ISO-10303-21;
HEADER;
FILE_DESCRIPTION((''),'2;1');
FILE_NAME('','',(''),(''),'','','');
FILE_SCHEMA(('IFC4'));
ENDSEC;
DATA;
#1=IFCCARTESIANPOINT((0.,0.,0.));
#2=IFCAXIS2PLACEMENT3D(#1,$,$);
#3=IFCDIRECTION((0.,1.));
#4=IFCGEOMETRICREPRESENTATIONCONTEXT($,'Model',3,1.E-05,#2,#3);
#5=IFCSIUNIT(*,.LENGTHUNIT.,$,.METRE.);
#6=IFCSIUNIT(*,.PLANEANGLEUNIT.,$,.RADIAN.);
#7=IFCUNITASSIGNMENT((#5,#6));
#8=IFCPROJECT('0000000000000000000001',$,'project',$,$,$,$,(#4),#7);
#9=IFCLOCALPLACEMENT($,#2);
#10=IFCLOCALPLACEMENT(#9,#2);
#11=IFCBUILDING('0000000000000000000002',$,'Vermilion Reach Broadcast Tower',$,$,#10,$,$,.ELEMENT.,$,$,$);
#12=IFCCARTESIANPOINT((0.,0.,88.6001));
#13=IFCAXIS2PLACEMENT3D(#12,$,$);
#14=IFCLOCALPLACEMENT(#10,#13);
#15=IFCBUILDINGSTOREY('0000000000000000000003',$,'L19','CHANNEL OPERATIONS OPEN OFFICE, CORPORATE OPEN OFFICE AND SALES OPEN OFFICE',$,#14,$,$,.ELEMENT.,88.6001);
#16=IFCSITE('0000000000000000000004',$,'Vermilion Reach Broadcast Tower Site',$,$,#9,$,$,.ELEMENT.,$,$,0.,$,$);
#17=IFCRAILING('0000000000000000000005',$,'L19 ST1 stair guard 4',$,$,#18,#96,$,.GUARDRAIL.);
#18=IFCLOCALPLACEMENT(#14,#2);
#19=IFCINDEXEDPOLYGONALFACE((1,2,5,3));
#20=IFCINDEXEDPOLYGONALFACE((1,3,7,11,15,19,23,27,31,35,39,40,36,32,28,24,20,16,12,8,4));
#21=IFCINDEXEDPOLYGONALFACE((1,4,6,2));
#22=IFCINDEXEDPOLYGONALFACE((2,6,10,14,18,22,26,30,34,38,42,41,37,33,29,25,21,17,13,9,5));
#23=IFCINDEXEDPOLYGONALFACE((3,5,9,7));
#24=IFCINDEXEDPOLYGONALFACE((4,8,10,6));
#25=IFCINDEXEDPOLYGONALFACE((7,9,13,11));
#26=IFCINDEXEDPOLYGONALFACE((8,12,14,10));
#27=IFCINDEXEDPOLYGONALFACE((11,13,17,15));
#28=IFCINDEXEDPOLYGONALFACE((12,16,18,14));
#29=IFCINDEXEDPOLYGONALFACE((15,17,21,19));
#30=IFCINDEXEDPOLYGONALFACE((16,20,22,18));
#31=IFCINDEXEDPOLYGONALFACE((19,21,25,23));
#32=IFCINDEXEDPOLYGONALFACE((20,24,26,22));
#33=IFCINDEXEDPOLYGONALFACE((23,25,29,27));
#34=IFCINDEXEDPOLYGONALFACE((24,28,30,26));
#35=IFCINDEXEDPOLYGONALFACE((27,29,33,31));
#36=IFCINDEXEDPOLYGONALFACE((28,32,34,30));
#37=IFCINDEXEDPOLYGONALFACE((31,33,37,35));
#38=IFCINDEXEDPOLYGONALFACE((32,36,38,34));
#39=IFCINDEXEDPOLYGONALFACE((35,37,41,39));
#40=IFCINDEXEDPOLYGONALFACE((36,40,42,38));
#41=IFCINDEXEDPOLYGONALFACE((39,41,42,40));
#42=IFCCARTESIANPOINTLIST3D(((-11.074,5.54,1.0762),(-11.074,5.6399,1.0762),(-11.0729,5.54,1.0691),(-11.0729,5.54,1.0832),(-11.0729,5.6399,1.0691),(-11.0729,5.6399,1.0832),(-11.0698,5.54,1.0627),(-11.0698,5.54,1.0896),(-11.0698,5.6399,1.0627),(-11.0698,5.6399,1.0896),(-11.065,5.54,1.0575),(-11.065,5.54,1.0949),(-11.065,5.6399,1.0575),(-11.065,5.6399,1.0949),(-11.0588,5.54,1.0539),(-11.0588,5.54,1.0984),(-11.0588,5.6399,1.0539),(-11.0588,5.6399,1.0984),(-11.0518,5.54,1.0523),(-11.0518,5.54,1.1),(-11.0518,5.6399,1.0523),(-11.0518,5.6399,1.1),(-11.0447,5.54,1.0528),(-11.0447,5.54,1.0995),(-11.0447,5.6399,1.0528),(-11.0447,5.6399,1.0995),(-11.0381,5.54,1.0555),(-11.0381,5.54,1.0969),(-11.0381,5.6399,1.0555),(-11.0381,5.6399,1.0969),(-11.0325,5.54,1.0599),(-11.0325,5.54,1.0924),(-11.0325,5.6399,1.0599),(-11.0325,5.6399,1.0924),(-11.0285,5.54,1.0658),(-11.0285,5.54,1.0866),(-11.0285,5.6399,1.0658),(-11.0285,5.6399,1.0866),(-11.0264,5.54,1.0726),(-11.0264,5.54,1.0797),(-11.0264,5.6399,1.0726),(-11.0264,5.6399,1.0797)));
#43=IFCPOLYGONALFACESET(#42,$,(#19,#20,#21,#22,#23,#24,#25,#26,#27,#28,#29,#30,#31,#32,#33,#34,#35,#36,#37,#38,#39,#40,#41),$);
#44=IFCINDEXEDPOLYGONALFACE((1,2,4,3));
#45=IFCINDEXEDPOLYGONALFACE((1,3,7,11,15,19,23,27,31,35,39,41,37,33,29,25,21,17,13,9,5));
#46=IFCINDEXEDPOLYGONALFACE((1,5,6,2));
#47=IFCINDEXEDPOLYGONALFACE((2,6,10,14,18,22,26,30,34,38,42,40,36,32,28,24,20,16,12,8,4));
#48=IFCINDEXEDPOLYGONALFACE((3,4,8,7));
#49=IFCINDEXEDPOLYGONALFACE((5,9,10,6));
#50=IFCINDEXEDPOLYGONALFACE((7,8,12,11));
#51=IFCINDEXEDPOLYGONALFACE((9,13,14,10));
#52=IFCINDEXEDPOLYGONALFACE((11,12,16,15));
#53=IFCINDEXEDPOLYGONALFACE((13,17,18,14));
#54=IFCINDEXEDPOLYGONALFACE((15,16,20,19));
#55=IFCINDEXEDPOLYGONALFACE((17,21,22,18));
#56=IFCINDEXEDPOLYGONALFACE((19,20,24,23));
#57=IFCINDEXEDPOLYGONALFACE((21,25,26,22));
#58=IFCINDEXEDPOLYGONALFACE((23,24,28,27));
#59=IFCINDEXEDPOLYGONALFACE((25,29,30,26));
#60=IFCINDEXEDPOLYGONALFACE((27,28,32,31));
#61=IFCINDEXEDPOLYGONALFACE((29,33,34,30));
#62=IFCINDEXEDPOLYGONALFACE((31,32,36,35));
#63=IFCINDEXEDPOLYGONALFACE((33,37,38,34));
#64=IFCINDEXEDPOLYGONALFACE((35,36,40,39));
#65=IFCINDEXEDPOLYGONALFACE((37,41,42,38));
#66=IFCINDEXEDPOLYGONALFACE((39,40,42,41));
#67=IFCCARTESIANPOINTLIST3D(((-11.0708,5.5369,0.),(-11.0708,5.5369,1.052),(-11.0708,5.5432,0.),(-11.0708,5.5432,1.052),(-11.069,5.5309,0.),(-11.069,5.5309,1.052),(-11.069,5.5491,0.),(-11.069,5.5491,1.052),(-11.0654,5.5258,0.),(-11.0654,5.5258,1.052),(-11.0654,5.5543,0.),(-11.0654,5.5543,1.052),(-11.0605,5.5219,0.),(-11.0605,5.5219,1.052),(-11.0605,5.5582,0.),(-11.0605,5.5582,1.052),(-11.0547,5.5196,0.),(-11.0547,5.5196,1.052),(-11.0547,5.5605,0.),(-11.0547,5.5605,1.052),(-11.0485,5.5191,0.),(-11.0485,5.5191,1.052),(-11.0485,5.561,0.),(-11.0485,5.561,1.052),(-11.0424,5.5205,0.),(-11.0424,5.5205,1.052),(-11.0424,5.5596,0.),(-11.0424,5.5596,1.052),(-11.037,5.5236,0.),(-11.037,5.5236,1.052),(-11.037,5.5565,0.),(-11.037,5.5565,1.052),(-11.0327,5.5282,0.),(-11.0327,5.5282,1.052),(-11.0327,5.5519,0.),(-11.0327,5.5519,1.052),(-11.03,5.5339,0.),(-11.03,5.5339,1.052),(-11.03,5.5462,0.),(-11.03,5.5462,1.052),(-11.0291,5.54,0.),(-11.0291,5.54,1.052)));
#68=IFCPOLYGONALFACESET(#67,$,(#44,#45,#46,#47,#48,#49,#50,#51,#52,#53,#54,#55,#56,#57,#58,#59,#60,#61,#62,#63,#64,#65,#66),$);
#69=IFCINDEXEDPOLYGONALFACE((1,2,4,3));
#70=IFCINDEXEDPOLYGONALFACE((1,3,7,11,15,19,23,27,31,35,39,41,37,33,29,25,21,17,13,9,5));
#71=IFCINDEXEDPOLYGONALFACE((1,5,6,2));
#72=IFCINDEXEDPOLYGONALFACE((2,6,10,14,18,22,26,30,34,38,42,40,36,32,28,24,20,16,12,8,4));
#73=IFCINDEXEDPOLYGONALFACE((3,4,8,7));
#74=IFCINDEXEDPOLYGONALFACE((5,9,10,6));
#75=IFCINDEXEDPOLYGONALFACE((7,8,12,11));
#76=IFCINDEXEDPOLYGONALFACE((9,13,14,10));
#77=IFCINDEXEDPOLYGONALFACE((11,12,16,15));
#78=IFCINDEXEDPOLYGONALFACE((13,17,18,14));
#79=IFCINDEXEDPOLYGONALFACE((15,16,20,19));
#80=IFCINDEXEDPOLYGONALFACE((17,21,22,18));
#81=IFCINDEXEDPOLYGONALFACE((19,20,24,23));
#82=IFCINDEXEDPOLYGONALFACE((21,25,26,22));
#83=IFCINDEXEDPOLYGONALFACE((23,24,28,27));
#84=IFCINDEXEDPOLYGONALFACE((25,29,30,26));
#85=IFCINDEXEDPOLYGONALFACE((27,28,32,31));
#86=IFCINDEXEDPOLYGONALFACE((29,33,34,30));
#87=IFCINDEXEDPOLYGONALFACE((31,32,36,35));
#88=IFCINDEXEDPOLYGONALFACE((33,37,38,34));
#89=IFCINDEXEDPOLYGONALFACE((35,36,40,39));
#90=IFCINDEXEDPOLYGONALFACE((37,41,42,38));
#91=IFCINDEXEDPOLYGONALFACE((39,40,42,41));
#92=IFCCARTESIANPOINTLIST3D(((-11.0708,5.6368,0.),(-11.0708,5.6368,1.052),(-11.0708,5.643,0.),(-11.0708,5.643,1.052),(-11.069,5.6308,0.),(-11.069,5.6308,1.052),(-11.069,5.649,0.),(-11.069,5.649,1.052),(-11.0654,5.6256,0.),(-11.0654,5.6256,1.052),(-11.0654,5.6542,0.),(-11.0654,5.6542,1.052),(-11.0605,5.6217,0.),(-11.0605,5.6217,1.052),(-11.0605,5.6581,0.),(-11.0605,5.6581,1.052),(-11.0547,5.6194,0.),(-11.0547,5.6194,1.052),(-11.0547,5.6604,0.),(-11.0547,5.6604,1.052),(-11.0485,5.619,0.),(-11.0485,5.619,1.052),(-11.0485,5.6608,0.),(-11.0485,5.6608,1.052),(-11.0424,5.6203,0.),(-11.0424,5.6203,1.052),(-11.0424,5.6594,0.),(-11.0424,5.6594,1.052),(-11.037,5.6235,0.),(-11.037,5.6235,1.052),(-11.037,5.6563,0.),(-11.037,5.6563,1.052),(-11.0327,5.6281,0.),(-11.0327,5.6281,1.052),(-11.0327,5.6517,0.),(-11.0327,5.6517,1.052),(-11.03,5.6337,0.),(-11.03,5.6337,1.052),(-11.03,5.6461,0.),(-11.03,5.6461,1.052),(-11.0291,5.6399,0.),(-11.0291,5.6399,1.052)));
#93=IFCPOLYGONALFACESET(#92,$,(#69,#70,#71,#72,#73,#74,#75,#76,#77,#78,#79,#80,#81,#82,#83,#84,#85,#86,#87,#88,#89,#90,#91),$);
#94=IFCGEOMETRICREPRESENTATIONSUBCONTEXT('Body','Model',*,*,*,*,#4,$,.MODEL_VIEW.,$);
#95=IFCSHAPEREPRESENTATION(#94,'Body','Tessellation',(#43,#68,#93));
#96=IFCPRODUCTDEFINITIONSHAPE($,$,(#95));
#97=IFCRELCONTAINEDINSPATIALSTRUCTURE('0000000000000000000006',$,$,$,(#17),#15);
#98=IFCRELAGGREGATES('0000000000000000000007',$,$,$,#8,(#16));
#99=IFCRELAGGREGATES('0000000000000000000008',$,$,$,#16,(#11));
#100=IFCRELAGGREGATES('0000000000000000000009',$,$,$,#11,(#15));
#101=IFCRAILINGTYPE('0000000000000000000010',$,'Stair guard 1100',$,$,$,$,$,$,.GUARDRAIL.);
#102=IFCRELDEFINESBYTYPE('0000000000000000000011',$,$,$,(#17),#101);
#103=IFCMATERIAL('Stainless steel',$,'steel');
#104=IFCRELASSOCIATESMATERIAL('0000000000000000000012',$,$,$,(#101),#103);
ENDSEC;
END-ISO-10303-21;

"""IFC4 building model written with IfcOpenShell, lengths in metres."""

from ifc_helpers import new_model, si_unit, direction, frame, origin, origin_2d, place, context, subcontext, project, spatial, circle, extrude, material, type_object, element, save


model = new_model("IFC4")

# Units and contexts
model_context = context("Model", 3, precision=1e-05, world=origin(), true_north=direction((0.0, 1.0)))
body_context = subcontext(model_context, "Body", "Model", "MODEL_VIEW")
ifc_project = project(units=[si_unit("LENGTHUNIT", "METRE"), si_unit("PLANEANGLEUNIT", "RADIAN")], contexts=[model_context])

# Site, building, storey
site_placement = place(None, origin())
site = spatial("IfcSite", under=ifc_project, at=site_placement, Name="Vermilion Reach Broadcast Tower Site", CompositionType="ELEMENT", RefElevation=0.0)
building_placement = place(site_placement, origin())
building = spatial("IfcBuilding", under=site, at=building_placement, Name="Vermilion Reach Broadcast Tower", CompositionType="ELEMENT")
storey_placement = place(building_placement, frame((0.0, 0.0, 88.6001)))
storey = spatial("IfcBuildingStorey", under=building, at=storey_placement, Name="L19", Description="CHANNEL OPERATIONS OPEN OFFICE, CORPORATE OPEN OFFICE AND SALES OPEN OFFICE", CompositionType="ELEMENT", Elevation=88.6001)

# Railing
ifc_material_1 = material(Name="Stainless steel", Category="steel")
railing_type_1 = type_object("IfcRailingType", Name="Stair guard 1100", PredefinedType="GUARDRAIL", material=ifc_material_1)
railing_1_placement = place(storey_placement, frame((-11.05, 5.54, 0.0)))
element("IfcRailing", 1, at=railing_1_placement, inside=storey, type_object=railing_type_1, Name="L19 ST1 stair guard 4", PredefinedType="GUARDRAIL", context=body_context, shape_type="SweptSolid", body=[
    extrude(circle(Radius=0.0239, at=origin_2d()), frame((0.0, 0.0, 1.0762), z_axis=(0.0, 1.0, 0.0), x_axis=(-1.0, 0.0, 0.0)), (0.0, 0.0, 1.0), 0.0999),
    extrude(circle(Radius=0.021, at=origin_2d()), origin(), (0.0, 0.0, 1.0), 1.052),
    extrude(circle(Radius=0.021, at=origin_2d()), frame((0.0, 0.0999, 0.0)), (0.0, 0.0, 1.0), 1.052),
])

save(model, "model.ifc")
